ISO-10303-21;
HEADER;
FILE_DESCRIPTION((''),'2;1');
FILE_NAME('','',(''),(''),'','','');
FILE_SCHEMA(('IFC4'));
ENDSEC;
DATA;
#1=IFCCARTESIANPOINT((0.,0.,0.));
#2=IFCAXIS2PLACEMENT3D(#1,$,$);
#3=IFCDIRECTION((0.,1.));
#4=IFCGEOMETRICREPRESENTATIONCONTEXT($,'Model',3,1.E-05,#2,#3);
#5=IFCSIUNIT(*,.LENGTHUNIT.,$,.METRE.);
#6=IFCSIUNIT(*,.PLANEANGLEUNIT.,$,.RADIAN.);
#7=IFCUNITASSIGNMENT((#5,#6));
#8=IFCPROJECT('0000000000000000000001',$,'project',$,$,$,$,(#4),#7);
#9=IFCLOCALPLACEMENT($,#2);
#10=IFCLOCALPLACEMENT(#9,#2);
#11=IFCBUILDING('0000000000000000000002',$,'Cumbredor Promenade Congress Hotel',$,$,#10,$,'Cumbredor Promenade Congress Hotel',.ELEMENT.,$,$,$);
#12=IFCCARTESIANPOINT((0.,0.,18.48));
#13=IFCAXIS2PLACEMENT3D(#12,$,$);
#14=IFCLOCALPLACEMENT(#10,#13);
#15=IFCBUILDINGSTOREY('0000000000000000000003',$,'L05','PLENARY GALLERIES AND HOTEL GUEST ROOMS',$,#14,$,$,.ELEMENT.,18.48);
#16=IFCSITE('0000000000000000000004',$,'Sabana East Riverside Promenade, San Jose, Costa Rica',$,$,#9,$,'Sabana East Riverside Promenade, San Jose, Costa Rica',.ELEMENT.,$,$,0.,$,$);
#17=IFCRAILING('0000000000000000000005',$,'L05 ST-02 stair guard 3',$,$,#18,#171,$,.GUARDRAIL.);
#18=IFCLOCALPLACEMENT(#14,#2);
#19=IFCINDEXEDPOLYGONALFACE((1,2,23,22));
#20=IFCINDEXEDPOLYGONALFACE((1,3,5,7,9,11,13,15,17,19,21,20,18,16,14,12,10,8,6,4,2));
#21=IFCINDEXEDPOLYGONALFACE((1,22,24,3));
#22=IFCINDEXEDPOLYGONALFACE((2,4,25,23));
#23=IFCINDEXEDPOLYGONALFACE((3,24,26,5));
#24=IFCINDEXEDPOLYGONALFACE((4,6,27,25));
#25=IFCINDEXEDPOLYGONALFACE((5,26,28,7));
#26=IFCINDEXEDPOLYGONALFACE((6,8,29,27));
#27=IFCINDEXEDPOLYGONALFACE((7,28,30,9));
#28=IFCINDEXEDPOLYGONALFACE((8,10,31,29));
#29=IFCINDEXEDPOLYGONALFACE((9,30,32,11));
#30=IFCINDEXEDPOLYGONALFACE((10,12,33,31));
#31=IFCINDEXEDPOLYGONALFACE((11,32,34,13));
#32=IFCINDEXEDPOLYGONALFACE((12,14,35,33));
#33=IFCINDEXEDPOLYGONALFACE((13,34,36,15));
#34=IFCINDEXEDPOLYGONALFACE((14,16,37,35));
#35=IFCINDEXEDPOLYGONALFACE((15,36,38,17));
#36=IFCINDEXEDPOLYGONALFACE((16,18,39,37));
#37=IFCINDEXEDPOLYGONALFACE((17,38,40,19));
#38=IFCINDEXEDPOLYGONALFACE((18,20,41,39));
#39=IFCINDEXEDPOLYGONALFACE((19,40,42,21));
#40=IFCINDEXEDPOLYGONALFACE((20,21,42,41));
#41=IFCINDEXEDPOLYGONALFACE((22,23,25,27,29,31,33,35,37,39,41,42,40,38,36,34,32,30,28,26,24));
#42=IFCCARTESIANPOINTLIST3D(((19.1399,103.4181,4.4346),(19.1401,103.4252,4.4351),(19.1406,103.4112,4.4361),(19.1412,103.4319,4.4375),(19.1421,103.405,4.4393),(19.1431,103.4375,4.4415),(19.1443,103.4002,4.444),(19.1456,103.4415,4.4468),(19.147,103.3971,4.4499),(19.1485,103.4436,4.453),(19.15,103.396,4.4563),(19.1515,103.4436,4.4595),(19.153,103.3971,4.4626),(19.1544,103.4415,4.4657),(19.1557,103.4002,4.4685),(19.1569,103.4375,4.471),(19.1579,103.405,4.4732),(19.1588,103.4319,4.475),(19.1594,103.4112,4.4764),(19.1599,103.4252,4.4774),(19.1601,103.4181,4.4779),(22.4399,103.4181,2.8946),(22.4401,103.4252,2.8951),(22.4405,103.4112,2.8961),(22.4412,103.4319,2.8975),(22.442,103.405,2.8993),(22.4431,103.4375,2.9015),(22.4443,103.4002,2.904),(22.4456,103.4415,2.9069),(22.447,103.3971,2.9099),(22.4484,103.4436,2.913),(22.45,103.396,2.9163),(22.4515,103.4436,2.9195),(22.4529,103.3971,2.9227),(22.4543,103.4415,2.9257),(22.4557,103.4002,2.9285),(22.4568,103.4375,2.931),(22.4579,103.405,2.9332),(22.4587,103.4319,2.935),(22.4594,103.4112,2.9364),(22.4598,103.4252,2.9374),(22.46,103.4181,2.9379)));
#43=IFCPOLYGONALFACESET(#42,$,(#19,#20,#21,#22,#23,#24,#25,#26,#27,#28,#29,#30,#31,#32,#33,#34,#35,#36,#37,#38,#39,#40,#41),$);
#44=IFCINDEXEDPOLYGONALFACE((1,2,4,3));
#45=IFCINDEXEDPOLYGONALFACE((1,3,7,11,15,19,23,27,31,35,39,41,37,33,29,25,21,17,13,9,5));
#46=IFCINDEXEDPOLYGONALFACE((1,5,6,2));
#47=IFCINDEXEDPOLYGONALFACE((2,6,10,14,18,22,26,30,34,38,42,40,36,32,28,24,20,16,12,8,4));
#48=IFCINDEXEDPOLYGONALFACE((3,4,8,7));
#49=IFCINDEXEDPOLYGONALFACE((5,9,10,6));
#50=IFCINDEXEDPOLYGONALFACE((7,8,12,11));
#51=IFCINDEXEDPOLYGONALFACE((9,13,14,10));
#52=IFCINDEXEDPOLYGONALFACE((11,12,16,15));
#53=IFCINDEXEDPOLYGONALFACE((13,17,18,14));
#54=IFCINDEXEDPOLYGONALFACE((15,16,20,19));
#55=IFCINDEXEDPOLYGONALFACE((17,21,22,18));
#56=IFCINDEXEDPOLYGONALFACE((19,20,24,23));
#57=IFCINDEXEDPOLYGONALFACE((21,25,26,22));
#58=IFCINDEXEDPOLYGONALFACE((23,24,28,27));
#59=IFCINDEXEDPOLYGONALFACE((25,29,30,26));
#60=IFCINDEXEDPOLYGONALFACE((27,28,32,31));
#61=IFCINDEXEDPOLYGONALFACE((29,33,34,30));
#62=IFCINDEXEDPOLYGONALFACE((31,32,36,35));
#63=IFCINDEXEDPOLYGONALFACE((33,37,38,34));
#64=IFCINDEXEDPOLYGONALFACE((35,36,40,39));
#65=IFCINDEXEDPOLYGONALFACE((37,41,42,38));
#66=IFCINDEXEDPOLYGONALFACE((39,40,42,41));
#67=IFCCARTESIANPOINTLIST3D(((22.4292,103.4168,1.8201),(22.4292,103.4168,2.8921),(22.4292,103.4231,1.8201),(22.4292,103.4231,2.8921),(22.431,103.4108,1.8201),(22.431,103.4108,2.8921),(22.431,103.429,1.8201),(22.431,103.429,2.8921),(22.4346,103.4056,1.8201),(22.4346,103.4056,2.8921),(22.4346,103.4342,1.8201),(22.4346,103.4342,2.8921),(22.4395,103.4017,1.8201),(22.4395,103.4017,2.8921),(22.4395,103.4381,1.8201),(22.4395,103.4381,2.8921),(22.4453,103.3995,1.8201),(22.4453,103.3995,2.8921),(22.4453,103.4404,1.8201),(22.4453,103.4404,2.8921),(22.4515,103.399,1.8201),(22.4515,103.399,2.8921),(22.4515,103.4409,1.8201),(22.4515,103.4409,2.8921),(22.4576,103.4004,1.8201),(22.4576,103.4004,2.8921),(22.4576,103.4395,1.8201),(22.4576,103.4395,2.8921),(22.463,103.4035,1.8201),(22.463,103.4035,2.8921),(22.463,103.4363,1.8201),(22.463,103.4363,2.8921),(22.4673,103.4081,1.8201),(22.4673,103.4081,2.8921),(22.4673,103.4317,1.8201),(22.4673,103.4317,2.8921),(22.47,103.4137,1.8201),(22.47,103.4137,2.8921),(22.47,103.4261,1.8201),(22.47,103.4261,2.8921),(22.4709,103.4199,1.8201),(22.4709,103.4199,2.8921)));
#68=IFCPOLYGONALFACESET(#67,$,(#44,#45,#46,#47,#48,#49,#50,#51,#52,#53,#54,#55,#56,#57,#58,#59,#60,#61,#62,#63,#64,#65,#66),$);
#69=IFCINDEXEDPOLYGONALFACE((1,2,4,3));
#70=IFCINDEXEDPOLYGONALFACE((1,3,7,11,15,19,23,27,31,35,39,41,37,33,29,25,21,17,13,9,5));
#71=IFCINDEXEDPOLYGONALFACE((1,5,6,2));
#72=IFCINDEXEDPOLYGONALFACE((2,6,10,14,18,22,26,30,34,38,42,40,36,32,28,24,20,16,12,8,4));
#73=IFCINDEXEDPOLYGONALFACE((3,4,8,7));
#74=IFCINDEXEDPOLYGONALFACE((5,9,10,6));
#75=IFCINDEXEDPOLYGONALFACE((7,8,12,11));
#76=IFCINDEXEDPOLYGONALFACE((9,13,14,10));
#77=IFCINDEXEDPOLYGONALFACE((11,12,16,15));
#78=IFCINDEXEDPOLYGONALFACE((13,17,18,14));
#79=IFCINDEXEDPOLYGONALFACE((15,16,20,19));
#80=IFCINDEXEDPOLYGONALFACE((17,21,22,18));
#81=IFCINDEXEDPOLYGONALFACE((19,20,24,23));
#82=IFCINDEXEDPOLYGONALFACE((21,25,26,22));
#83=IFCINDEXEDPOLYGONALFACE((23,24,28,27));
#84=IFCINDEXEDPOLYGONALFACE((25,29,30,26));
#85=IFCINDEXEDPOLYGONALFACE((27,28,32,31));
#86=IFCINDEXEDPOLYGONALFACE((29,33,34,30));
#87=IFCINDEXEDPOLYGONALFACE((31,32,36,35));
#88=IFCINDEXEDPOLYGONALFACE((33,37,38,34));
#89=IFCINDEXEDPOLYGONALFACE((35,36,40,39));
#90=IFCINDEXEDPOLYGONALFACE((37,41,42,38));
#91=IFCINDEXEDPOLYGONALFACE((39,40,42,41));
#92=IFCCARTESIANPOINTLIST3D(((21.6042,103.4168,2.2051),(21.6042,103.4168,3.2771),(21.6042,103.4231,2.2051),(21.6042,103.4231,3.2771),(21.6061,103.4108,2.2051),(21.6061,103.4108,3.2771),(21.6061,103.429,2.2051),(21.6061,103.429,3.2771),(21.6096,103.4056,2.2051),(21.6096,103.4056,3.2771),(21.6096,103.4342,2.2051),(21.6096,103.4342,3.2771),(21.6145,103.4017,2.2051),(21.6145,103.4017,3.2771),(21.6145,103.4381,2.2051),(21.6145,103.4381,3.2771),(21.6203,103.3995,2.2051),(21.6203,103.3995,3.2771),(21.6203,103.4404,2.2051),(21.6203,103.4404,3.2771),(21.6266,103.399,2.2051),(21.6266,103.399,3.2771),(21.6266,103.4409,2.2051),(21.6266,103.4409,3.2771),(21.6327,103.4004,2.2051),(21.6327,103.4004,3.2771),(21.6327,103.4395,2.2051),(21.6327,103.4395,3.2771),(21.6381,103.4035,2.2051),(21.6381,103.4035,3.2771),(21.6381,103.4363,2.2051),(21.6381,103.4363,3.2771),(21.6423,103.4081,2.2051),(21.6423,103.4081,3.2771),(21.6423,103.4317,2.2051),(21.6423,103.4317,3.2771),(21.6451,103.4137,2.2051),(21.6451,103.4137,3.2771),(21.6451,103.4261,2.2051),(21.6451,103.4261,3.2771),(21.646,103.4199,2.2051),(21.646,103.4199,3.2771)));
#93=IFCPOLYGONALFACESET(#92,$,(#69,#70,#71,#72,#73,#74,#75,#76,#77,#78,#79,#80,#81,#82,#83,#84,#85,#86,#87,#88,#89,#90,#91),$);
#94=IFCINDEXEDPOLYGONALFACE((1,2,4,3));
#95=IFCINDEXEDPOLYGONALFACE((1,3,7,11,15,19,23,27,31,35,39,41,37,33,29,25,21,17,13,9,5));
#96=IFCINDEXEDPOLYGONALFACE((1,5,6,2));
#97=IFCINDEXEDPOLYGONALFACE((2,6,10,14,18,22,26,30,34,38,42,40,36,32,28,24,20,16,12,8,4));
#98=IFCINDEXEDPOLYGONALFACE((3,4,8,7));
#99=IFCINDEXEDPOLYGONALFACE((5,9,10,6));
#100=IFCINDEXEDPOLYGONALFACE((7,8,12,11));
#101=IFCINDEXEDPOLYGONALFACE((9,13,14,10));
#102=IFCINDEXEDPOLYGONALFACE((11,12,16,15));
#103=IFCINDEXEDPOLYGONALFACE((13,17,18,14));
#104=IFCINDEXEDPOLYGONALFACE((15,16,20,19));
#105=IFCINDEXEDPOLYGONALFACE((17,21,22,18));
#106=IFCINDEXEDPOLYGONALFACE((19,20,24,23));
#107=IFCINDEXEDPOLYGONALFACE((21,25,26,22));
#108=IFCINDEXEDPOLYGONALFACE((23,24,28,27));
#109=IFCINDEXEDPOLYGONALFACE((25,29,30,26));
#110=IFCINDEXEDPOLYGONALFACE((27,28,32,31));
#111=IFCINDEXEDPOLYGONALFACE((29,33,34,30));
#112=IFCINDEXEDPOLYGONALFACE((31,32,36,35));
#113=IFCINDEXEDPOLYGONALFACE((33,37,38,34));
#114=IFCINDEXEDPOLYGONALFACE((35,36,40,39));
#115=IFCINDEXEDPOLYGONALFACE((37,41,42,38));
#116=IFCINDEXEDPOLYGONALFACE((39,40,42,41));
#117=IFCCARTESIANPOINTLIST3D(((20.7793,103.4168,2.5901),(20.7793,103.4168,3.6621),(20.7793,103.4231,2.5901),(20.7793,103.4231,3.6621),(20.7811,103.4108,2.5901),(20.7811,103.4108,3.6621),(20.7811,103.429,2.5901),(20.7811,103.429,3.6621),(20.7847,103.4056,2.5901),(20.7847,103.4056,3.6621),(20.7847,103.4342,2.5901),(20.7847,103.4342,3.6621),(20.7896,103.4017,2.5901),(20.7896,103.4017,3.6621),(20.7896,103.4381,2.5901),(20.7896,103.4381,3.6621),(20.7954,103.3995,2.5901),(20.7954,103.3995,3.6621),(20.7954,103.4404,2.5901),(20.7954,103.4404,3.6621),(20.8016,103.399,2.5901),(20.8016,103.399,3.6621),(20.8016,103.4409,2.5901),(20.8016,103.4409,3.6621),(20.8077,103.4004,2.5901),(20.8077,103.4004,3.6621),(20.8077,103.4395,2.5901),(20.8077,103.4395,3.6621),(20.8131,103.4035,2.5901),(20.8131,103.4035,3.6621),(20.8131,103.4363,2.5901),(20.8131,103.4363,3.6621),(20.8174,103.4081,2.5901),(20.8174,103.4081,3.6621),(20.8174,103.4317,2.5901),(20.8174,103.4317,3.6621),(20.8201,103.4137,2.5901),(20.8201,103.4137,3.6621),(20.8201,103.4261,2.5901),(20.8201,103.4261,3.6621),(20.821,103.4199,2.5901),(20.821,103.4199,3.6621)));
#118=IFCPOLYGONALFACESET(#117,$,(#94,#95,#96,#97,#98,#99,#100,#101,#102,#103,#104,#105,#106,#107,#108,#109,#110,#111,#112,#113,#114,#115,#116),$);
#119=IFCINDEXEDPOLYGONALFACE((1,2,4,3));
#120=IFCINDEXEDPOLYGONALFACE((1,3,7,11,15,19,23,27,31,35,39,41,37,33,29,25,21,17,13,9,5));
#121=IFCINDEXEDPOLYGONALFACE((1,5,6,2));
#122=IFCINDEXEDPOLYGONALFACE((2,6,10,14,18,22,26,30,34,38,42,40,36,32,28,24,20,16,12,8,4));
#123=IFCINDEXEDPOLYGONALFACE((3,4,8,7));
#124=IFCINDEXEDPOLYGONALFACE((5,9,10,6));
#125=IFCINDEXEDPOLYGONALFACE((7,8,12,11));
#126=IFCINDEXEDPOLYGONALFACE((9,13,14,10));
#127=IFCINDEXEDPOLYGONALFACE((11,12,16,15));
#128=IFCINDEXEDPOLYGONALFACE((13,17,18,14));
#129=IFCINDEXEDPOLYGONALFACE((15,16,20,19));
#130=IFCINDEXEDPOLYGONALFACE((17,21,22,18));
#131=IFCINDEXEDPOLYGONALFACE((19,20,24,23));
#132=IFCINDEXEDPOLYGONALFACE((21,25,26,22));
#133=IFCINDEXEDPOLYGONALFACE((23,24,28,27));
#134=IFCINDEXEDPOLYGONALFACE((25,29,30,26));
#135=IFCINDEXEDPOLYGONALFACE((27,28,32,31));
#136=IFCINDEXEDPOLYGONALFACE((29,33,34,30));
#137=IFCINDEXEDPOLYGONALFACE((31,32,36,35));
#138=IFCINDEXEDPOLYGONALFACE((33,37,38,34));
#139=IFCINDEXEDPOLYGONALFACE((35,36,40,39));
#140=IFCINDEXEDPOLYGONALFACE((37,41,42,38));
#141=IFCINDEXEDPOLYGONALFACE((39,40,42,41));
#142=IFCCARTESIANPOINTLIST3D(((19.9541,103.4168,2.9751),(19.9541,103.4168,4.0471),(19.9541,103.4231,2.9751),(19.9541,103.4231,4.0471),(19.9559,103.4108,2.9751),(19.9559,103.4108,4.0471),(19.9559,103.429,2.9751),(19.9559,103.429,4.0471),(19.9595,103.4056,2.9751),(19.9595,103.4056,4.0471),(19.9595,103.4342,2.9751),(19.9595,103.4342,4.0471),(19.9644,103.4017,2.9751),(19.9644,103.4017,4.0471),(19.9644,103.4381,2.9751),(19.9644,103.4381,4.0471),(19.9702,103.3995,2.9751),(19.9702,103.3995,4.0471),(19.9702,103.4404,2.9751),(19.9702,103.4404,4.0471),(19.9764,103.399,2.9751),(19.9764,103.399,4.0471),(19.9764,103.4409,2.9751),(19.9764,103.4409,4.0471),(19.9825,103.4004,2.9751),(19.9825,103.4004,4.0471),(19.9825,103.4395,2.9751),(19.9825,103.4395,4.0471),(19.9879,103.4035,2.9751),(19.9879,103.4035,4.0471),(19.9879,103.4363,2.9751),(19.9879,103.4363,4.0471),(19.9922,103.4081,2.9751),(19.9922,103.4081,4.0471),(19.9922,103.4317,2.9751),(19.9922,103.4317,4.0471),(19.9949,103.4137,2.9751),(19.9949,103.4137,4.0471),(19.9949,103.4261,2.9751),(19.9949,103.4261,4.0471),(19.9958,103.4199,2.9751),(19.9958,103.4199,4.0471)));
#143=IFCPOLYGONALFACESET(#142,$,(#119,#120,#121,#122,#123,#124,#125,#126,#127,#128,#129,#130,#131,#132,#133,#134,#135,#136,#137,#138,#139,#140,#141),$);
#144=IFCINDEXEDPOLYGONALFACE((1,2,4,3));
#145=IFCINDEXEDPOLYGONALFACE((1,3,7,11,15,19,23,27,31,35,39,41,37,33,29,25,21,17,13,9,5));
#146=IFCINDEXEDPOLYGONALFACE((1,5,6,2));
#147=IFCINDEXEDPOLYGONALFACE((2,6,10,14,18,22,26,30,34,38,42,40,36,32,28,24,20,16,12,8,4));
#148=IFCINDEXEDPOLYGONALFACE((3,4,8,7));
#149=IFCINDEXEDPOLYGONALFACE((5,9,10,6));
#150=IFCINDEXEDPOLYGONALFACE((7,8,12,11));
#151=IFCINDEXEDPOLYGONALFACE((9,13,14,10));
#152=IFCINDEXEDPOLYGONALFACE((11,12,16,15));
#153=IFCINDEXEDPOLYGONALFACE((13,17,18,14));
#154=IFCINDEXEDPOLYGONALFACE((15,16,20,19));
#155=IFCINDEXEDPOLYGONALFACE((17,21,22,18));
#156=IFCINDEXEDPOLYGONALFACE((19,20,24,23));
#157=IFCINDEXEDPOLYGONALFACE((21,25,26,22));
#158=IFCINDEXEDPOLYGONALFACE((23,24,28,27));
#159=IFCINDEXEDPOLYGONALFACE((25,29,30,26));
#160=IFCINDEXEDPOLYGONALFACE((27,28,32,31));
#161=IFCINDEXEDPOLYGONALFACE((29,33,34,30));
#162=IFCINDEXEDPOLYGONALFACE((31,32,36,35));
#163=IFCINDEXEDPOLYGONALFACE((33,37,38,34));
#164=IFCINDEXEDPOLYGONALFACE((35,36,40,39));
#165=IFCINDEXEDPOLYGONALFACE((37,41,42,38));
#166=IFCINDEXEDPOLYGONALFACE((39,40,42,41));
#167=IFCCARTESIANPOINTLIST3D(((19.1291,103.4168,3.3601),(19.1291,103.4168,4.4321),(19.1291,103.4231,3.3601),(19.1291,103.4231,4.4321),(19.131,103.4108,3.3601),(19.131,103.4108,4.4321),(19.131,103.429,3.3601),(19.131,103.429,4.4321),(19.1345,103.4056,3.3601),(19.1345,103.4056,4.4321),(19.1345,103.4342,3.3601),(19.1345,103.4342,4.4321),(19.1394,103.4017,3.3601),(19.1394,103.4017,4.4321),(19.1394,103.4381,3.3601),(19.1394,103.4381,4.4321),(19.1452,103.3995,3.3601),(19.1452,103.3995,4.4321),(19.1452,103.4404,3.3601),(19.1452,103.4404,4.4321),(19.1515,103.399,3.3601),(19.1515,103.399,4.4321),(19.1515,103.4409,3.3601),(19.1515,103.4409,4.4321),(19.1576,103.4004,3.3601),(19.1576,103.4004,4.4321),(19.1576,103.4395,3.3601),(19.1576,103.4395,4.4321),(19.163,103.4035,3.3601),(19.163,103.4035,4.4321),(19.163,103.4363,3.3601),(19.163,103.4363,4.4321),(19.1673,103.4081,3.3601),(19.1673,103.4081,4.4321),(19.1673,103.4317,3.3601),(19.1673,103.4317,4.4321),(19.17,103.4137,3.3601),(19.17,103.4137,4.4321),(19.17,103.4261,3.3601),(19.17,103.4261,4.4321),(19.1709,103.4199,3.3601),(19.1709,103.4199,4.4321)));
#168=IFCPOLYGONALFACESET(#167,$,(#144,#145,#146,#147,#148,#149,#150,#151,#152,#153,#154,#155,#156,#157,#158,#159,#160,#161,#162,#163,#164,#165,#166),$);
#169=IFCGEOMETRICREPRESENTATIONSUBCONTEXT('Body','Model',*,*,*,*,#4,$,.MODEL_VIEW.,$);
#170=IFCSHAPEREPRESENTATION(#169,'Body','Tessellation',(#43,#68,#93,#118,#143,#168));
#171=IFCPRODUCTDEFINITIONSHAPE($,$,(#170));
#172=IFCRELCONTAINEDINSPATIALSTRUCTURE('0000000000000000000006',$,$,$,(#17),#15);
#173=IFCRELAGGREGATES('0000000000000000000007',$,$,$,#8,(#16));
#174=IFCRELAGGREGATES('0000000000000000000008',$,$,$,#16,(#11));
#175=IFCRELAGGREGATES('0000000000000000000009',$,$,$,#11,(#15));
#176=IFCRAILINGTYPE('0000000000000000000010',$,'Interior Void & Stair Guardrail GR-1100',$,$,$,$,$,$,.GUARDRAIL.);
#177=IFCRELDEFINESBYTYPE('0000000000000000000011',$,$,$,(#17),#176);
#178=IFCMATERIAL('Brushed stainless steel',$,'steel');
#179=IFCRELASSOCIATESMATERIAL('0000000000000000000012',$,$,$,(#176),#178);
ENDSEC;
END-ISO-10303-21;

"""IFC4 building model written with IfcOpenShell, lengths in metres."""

from ifc_helpers import new_model, si_unit, direction, frame, origin, origin_2d, place, context, subcontext, project, spatial, circle, extrude, material, type_object, element, save


model = new_model("IFC4")

# Units and contexts
model_context = context("Model", 3, precision=1e-05, world=origin(), true_north=direction((0.0, 1.0)))
body_context = subcontext(model_context, "Body", "Model", "MODEL_VIEW")
ifc_project = project(units=[si_unit("LENGTHUNIT", "METRE"), si_unit("PLANEANGLEUNIT", "RADIAN")], contexts=[model_context])

# Site, building, storey
site_placement = place(None, origin())
site = spatial("IfcSite", under=ifc_project, at=site_placement, Name="Sabana East Riverside Promenade, San Jose, Costa Rica", LongName="Sabana East Riverside Promenade, San Jose, Costa Rica", CompositionType="ELEMENT", RefElevation=0.0)
building_placement = place(site_placement, origin())
building = spatial("IfcBuilding", under=site, at=building_placement, Name="Cumbredor Promenade Congress Hotel", LongName="Cumbredor Promenade Congress Hotel", CompositionType="ELEMENT")
storey_placement = place(building_placement, frame((0.0, 0.0, 18.48)))
storey = spatial("IfcBuildingStorey", under=building, at=storey_placement, Name="L05", Description="PLENARY GALLERIES AND HOTEL GUEST ROOMS", CompositionType="ELEMENT", Elevation=18.48)

# Railing
ifc_material_1 = material(Name="Brushed stainless steel", Category="steel")
railing_type_1 = type_object("IfcRailingType", Name="Interior Void & Stair Guardrail GR-1100", PredefinedType="GUARDRAIL", material=ifc_material_1)
railing_1_placement = place(storey_placement, frame((22.45, 103.4199, 1.8201)))
element("IfcRailing", 1, at=railing_1_placement, inside=storey, type_object=railing_type_1, Name="L05 ST-02 stair guard 3", PredefinedType="GUARDRAIL", context=body_context, shape_type="SweptSolid", body=[
    extrude(circle(Radius=0.0239, at=origin_2d()), frame((0.0, 0.0, 1.0962), z_axis=(-0.906181, 0.0, 0.422889), x_axis=(0.0, -1.0, 0.0)), (0.0, 0.0, 1.0), 3.6416),
    extrude(circle(Radius=0.021, at=origin_2d()), origin(), (0.0, 0.0, 1.0), 1.072),
    extrude(circle(Radius=0.021, at=origin_2d()), frame((-0.825, 0.0, 0.385)), (0.0, 0.0, 1.0), 1.072),
    extrude(circle(Radius=0.021, at=origin_2d()), frame((-1.6499, 0.0, 0.77)), (0.0, 0.0, 1.0), 1.072),
    extrude(circle(Radius=0.021, at=origin_2d()), frame((-2.4751, 0.0, 1.155)), (0.0, 0.0, 1.0), 1.072),
    extrude(circle(Radius=0.021, at=origin_2d()), frame((-3.3, 0.0, 1.54)), (0.0, 0.0, 1.0), 1.072),
])

save(model, "model.ifc")
